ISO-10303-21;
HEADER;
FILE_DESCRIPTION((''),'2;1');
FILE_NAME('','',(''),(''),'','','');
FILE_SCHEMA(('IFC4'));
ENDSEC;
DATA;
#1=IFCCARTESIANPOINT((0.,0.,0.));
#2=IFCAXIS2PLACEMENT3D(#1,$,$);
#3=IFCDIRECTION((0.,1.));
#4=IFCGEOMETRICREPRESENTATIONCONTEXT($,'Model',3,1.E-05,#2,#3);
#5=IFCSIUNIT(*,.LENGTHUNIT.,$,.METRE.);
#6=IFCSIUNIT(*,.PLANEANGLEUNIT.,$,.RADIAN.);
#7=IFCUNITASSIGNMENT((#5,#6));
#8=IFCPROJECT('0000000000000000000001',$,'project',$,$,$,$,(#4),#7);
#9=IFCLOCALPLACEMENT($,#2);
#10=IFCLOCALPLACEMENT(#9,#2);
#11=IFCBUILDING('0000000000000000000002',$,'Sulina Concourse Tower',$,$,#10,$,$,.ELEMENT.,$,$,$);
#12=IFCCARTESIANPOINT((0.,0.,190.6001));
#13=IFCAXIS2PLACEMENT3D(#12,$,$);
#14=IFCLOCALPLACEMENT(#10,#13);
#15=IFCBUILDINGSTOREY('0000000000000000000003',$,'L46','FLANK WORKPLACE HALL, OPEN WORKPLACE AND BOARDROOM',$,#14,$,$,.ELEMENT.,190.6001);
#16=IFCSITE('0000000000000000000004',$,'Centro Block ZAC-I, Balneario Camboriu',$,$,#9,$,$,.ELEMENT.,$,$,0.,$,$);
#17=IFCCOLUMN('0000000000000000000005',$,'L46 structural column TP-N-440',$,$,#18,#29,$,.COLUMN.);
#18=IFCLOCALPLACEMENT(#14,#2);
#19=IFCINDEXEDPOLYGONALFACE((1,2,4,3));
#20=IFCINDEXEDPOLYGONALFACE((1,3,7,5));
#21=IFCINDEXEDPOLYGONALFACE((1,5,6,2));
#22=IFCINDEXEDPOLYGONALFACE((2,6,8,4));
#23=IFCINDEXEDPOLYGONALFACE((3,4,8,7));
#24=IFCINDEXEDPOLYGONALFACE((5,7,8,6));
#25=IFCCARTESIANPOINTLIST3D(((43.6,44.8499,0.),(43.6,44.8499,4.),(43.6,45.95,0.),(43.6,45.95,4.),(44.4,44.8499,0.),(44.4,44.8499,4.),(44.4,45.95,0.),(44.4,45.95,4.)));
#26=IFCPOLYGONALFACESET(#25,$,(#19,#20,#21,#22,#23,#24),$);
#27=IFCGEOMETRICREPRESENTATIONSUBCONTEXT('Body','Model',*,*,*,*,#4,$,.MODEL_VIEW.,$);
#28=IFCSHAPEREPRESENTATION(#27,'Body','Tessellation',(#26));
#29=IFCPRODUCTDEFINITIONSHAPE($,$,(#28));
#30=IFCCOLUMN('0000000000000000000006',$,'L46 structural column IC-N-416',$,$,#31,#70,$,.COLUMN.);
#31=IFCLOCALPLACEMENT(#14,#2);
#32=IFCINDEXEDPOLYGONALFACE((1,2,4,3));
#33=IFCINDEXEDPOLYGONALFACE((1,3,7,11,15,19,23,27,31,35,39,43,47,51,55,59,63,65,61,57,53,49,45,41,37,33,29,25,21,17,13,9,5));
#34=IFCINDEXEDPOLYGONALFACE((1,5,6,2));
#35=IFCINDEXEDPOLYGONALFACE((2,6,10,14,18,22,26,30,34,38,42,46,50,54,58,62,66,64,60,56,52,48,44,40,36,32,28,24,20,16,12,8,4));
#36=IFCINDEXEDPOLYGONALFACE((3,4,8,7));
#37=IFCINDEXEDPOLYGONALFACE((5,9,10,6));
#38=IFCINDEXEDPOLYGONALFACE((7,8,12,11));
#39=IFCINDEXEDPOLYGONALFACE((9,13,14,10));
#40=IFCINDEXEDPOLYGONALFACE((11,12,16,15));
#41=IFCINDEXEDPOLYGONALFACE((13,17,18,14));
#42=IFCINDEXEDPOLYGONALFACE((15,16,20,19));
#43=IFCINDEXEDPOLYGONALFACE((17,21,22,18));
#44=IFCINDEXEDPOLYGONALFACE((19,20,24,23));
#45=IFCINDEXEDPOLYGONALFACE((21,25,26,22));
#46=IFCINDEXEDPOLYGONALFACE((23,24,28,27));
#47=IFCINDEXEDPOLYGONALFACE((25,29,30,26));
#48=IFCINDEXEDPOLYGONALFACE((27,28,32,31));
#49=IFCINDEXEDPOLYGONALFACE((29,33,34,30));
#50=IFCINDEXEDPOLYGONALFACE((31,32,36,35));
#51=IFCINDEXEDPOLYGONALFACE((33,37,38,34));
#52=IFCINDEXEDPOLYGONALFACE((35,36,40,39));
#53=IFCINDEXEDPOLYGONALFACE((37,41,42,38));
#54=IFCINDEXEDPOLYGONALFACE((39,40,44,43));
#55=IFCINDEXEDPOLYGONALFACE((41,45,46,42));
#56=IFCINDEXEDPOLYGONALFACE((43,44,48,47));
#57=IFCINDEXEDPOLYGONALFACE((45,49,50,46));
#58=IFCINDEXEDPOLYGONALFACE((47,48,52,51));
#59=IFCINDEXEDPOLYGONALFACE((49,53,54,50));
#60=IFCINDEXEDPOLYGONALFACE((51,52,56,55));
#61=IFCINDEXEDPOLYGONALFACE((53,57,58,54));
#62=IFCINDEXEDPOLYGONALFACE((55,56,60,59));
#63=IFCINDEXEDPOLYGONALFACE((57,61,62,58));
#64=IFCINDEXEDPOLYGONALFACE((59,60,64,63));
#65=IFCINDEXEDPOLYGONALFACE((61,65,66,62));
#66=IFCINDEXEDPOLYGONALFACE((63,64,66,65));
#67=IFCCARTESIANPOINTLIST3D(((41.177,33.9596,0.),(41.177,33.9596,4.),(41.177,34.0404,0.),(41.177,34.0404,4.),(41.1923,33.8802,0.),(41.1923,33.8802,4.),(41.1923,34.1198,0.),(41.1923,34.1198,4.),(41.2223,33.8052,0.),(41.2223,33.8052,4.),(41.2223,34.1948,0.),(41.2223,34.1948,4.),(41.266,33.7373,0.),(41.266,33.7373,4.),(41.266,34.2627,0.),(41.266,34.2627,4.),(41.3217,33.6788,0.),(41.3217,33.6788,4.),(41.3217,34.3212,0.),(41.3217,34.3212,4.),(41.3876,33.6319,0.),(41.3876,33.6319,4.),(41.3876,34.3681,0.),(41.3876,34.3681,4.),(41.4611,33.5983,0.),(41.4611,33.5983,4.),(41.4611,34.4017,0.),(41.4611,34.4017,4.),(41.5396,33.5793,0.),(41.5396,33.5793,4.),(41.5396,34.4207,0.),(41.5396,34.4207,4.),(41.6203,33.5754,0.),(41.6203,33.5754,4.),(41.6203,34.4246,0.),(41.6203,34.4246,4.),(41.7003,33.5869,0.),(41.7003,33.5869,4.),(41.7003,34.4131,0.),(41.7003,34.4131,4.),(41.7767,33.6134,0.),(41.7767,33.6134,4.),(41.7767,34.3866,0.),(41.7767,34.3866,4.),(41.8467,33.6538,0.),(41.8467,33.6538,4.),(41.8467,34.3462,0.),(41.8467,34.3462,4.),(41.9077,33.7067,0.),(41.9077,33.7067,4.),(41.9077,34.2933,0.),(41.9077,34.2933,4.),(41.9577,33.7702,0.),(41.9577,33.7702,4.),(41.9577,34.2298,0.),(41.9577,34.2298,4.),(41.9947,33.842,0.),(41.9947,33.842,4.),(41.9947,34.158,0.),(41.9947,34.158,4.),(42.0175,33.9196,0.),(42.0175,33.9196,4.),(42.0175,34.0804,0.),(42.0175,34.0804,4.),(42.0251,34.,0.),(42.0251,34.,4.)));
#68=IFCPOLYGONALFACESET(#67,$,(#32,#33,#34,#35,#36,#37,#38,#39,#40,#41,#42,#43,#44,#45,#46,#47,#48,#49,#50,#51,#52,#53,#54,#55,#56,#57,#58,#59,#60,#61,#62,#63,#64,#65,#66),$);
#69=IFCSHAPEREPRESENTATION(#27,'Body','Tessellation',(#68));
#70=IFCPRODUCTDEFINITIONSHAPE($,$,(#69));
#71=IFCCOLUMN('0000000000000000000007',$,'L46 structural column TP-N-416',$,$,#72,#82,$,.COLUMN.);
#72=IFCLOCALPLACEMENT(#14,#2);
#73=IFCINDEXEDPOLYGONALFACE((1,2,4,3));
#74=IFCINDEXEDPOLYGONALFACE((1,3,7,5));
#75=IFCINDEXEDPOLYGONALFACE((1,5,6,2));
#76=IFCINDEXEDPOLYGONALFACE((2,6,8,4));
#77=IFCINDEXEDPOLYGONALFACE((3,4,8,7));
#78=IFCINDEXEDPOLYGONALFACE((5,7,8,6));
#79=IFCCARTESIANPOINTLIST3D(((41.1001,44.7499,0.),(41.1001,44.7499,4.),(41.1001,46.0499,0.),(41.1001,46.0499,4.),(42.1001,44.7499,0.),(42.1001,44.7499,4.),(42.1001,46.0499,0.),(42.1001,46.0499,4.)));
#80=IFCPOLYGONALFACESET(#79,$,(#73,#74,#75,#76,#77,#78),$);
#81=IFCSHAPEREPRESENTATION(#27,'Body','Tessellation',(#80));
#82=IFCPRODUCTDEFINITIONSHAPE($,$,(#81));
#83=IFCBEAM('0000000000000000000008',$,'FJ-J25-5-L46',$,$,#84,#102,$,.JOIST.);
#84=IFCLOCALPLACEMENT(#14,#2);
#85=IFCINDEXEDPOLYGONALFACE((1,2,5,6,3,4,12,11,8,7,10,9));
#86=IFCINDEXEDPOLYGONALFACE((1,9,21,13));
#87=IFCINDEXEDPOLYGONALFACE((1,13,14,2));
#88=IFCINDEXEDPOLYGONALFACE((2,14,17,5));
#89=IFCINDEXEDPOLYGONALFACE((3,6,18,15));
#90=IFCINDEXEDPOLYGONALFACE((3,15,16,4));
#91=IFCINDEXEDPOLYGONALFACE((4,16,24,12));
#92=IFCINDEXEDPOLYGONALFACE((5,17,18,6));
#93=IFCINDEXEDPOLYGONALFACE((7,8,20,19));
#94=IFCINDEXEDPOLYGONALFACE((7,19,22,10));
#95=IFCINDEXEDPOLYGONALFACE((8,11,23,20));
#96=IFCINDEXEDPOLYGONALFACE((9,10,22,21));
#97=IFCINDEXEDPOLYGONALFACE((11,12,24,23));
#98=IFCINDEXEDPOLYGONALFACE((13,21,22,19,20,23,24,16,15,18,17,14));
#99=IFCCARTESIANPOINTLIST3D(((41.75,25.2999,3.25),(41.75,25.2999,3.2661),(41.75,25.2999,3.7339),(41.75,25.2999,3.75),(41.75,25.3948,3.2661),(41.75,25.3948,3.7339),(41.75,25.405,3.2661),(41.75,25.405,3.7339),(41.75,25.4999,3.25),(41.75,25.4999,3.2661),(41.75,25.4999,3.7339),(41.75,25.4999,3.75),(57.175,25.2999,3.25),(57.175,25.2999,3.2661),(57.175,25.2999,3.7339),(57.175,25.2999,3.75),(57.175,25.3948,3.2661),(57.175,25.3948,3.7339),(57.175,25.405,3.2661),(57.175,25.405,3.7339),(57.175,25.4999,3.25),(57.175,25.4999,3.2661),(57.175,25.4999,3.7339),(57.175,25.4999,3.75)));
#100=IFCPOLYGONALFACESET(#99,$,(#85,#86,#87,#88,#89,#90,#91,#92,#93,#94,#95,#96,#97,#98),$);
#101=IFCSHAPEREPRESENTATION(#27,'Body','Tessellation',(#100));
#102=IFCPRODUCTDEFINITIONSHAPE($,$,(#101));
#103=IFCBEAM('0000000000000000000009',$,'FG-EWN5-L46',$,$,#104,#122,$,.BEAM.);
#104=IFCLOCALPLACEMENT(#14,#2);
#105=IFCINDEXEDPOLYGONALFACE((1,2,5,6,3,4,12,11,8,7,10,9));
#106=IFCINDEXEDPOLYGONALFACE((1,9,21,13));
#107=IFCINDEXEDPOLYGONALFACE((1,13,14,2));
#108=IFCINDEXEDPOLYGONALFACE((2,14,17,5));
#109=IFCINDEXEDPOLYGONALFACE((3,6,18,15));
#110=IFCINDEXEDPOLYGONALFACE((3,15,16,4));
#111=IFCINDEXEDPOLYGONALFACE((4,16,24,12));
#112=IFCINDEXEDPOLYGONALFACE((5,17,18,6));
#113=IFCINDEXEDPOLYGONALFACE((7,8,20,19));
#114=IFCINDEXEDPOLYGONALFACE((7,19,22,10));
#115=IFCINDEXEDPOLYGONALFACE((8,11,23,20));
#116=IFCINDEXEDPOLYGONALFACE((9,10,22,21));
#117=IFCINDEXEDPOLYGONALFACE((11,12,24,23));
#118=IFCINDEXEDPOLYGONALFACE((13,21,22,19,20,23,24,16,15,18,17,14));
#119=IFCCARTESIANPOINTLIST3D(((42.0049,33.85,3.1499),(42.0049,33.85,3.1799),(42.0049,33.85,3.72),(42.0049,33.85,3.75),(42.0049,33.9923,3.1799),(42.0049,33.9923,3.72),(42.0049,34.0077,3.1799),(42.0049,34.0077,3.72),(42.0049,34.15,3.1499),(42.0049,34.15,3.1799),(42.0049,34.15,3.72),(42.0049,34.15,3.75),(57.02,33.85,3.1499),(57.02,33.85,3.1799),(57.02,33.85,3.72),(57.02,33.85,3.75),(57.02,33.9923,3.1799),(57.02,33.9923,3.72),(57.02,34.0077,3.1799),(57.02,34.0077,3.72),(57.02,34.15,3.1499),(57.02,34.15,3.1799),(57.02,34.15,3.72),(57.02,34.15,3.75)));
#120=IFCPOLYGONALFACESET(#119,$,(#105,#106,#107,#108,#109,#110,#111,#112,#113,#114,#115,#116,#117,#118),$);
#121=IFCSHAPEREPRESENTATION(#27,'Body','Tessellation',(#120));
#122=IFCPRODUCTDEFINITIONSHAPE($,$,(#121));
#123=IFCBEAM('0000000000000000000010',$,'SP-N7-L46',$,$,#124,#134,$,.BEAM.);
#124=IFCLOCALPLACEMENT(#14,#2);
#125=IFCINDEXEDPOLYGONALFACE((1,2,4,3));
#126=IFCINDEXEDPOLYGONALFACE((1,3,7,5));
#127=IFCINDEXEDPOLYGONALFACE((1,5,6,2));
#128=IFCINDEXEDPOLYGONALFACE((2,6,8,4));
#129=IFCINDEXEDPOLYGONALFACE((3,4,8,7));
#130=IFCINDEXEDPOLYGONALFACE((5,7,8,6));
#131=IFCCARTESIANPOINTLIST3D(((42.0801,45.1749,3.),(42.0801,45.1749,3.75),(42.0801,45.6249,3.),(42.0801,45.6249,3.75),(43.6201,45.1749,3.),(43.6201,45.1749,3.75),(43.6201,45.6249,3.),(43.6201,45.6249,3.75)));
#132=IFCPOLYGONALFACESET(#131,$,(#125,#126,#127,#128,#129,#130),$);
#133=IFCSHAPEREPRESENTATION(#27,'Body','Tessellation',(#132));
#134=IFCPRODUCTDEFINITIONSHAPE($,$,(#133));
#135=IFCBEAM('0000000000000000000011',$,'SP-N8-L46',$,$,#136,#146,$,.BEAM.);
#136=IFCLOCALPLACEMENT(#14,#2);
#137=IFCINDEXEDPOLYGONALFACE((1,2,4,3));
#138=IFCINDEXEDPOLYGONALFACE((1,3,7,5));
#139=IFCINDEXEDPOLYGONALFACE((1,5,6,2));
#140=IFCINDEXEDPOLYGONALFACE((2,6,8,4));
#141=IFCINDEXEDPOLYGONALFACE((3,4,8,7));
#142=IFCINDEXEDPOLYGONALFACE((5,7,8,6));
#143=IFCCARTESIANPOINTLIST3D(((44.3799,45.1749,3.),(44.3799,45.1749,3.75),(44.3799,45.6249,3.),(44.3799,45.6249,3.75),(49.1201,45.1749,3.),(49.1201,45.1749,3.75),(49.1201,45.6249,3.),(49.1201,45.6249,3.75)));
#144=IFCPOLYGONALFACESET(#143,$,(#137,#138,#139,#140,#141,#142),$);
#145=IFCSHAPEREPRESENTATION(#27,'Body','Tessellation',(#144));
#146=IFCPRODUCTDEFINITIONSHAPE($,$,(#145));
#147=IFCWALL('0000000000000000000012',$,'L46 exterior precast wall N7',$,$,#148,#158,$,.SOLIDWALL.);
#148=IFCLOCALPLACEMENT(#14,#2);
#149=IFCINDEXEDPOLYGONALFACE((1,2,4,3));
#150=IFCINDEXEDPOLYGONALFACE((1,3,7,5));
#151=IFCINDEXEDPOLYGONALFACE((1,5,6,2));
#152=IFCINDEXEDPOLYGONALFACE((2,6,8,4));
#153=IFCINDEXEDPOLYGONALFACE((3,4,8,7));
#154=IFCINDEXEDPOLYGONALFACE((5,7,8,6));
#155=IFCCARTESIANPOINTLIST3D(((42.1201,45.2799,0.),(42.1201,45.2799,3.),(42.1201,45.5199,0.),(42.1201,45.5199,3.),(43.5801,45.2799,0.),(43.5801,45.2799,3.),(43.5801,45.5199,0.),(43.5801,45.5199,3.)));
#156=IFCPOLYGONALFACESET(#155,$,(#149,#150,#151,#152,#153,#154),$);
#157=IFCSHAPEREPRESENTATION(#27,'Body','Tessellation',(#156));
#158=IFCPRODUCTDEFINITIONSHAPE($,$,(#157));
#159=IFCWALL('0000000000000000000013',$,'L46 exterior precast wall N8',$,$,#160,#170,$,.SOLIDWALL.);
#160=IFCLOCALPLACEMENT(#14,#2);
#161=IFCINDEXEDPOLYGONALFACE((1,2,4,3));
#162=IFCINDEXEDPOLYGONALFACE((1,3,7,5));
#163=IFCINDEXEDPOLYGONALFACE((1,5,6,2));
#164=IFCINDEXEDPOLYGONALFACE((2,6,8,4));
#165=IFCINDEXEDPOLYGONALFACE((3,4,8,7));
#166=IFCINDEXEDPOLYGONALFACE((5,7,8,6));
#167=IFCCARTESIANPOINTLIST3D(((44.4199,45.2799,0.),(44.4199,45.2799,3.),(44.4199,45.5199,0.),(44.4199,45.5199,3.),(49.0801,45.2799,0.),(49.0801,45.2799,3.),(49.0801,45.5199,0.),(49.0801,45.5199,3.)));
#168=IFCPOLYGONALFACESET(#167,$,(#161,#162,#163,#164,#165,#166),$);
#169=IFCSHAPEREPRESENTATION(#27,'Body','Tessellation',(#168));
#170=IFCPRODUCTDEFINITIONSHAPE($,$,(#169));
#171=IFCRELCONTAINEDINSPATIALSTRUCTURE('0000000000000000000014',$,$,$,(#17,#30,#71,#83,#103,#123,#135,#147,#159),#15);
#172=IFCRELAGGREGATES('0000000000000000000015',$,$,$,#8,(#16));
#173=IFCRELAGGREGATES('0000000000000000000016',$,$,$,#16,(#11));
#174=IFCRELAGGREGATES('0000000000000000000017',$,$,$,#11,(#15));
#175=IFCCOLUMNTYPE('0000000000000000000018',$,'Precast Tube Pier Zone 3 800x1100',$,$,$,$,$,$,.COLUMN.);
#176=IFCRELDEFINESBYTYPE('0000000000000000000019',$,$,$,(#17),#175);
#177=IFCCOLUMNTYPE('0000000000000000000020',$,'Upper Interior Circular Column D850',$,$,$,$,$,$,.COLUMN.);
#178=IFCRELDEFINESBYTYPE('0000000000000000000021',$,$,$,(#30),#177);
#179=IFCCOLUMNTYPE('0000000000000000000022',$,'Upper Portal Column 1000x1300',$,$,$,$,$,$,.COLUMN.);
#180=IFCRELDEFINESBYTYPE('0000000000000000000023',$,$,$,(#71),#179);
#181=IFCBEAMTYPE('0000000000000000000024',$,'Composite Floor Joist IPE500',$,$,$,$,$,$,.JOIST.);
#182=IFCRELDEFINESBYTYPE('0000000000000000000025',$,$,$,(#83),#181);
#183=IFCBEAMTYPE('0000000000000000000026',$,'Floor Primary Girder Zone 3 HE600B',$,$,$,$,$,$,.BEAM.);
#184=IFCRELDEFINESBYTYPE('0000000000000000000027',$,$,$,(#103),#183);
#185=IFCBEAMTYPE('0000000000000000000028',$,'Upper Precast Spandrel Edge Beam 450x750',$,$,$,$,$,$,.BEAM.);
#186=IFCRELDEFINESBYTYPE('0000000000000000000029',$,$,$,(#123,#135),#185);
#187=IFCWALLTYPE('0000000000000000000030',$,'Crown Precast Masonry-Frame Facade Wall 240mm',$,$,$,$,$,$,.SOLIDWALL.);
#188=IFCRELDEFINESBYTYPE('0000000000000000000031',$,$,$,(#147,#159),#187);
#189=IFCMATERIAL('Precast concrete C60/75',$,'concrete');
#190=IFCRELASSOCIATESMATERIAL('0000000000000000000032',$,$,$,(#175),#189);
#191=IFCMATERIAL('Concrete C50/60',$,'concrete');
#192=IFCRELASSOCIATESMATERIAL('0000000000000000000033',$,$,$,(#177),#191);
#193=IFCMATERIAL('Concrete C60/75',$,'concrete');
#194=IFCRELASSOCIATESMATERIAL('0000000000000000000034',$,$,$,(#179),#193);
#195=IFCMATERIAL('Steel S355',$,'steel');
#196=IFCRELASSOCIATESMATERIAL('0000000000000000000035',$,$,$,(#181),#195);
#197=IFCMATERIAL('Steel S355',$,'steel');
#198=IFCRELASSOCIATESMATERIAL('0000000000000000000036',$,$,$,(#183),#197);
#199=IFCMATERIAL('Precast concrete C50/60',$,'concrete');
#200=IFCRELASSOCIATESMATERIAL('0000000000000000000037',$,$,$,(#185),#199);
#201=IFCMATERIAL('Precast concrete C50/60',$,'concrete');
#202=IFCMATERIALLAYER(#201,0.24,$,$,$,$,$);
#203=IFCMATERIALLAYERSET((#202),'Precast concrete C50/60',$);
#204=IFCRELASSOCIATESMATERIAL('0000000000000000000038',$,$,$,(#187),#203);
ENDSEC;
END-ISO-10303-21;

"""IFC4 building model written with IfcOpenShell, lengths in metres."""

from ifc_helpers import new_model, si_unit, direction, frame, frame_2d, origin, origin_2d, place, context, subcontext, project, spatial, rectangle, circle, i_section, extrude, material, layer, layer_set, material_profile, profile_set, type_object, element, save


model = new_model("IFC4")

# Units and contexts
model_context = context("Model", 3, precision=1e-05, world=origin(), true_north=direction((0.0, 1.0)))
body_context = subcontext(model_context, "Body", "Model", "MODEL_VIEW")
ifc_project = project(units=[si_unit("LENGTHUNIT", "METRE"), si_unit("PLANEANGLEUNIT", "RADIAN")], contexts=[model_context])

# Site, building, storey
site_placement = place(None, origin())
site = spatial("IfcSite", under=ifc_project, at=site_placement, Name="Centro Block ZAC-I, Balneario Camboriu", CompositionType="ELEMENT", RefElevation=0.0)
building_placement = place(site_placement, origin())
building = spatial("IfcBuilding", under=site, at=building_placement, Name="Sulina Concourse Tower", CompositionType="ELEMENT")
storey_placement = place(building_placement, frame((0.0, 0.0, 190.6001)))
storey = spatial("IfcBuildingStorey", under=building, at=storey_placement, Name="L46", Description="FLANK WORKPLACE HALL, OPEN WORKPLACE AND BOARDROOM", CompositionType="ELEMENT", Elevation=190.6001)

# Columns
ifc_material_1 = material(Name="Precast concrete C60/75", Category="concrete")
ifc_material_profile_1 = material_profile(ifc_material_1, rectangle(XDim=0.8, YDim=1.1001, at=origin_2d()), Name="PC 800x1100")
ifc_profile_set_1 = profile_set([ifc_material_profile_1], Name="Precast concrete C60/75")
column_type_1 = type_object("IfcColumnType", Name="Precast Tube Pier Zone 3 800x1100", PredefinedType="COLUMN", material=ifc_profile_set_1)
column_1_placement = place(storey_placement, frame((44.0, 45.3999, 0.0), z_axis=(0.0, 0.0, 1.0), x_axis=(1.0, 0.0, 0.0)))
element("IfcColumn", 1, at=column_1_placement, inside=storey, type_object=column_type_1, Name="L46 structural column TP-N-440", PredefinedType="COLUMN", context=body_context, shape_type="SweptSolid", body=[
    extrude(rectangle(XDim=0.8, YDim=1.1001, at=origin_2d()), origin(), (0.0, 0.0, 1.0), 4.0),
])
ifc_material_2 = material(Name="Concrete C50/60", Category="concrete")
ifc_material_profile_2 = material_profile(ifc_material_2, circle(Radius=0.425, at=origin_2d()), Name="RC D850")
ifc_profile_set_2 = profile_set([ifc_material_profile_2], Name="Concrete C50/60")
column_type_2 = type_object("IfcColumnType", Name="Upper Interior Circular Column D850", PredefinedType="COLUMN", material=ifc_profile_set_2)
column_2_placement = place(storey_placement, frame((41.6001, 34.0, 0.0), z_axis=(0.0, 0.0, 1.0), x_axis=(1.0, 0.0, 0.0)))
element("IfcColumn", 2, at=column_2_placement, inside=storey, type_object=column_type_2, Name="L46 structural column IC-N-416", PredefinedType="COLUMN", context=body_context, shape_type="SweptSolid", body=[
    extrude(circle(Radius=0.425, at=origin_2d()), origin(), (0.0, 0.0, 1.0), 4.0),
])
ifc_material_3 = material(Name="Concrete C60/75", Category="concrete")
ifc_material_profile_3 = material_profile(ifc_material_3, rectangle(XDim=1.0, YDim=1.3, at=origin_2d()), Name="RC 1000x1300")
ifc_profile_set_3 = profile_set([ifc_material_profile_3], Name="Concrete C60/75")
column_type_3 = type_object("IfcColumnType", Name="Upper Portal Column 1000x1300", PredefinedType="COLUMN", material=ifc_profile_set_3)
column_3_placement = place(storey_placement, frame((41.6001, 45.3999, 0.0), z_axis=(0.0, 0.0, 1.0), x_axis=(1.0, 0.0, 0.0)))
element("IfcColumn", 3, at=column_3_placement, inside=storey, type_object=column_type_3, Name="L46 structural column TP-N-416", PredefinedType="COLUMN", context=body_context, shape_type="SweptSolid", body=[
    extrude(rectangle(XDim=1.0, YDim=1.3, at=origin_2d()), origin(), (0.0, 0.0, 1.0), 4.0),
])

# Beams
ifc_material_4 = material(Name="Steel S355", Category="steel")
ifc_material_profile_4 = material_profile(ifc_material_4, i_section(OverallWidth=0.2, OverallDepth=0.5, WebThickness=0.0103, FlangeThickness=0.0161, at=origin_2d()), Name="IPE 500")
ifc_profile_set_4 = profile_set([ifc_material_profile_4], Name="Steel S355")
beam_type_1 = type_object("IfcBeamType", Name="Composite Floor Joist IPE500", PredefinedType="JOIST", material=ifc_profile_set_4)
beam_1_placement = place(storey_placement, frame((41.75, 25.3999, 3.5), z_axis=(1.0, 0.0, 0.0), x_axis=(0.0, 1.0, 0.0)))
element("IfcBeam", 4, at=beam_1_placement, inside=storey, type_object=beam_type_1, Name="FJ-J25-5-L46", PredefinedType="JOIST", context=body_context, shape_type="SweptSolid", body=[
    extrude(i_section(OverallWidth=0.2, OverallDepth=0.5, WebThickness=0.0103, FlangeThickness=0.0161, at=origin_2d()), origin(), (0.0, 0.0, 1.0), 15.425),
])
ifc_material_5 = material(Name="Steel S355", Category="steel")
ifc_material_profile_5 = material_profile(ifc_material_5, i_section(OverallWidth=0.3, OverallDepth=0.6001, WebThickness=0.0154, FlangeThickness=0.03, at=origin_2d()), Name="HE 600 B")
ifc_profile_set_5 = profile_set([ifc_material_profile_5], Name="Steel S355")
beam_type_2 = type_object("IfcBeamType", Name="Floor Primary Girder Zone 3 HE600B", PredefinedType="BEAM", material=ifc_profile_set_5)
beam_2_placement = place(storey_placement, frame((42.0049, 34.0, 3.45), z_axis=(1.0, 0.0, 0.0), x_axis=(0.0, 1.0, 0.0)))
element("IfcBeam", 5, at=beam_2_placement, inside=storey, type_object=beam_type_2, Name="FG-EWN5-L46", PredefinedType="BEAM", context=body_context, shape_type="SweptSolid", body=[
    extrude(i_section(OverallWidth=0.3, OverallDepth=0.6001, WebThickness=0.0154, FlangeThickness=0.03, at=origin_2d()), origin(), (0.0, 0.0, 1.0), 15.0151),
])
ifc_material_6 = material(Name="Precast concrete C50/60", Category="concrete")
ifc_material_profile_6 = material_profile(ifc_material_6, rectangle(XDim=0.45, YDim=0.75, at=origin_2d()), Name="RC 450x750")
ifc_profile_set_6 = profile_set([ifc_material_profile_6], Name="Precast concrete C50/60")
beam_type_3 = type_object("IfcBeamType", Name="Upper Precast Spandrel Edge Beam 450x750", PredefinedType="BEAM", material=ifc_profile_set_6)
beam_3_placement = place(storey_placement, frame((42.0801, 45.3999, 3.375), z_axis=(1.0, 0.0, 0.0), x_axis=(0.0, 1.0, 0.0)))
element("IfcBeam", 6, at=beam_3_placement, inside=storey, type_object=beam_type_3, Name="SP-N7-L46", PredefinedType="BEAM", context=body_context, shape_type="SweptSolid", body=[
    extrude(rectangle(XDim=0.45, YDim=0.75, at=origin_2d()), origin(), (0.0, 0.0, 1.0), 1.54),
])
beam_4_placement = place(storey_placement, frame((44.3799, 45.3999, 3.375), z_axis=(1.0, 0.0, 0.0), x_axis=(0.0, 1.0, 0.0)))
element("IfcBeam", 7, at=beam_4_placement, inside=storey, type_object=beam_type_3, Name="SP-N8-L46", PredefinedType="BEAM", context=body_context, shape_type="SweptSolid", body=[
    extrude(rectangle(XDim=0.45, YDim=0.75, at=origin_2d()), origin(), (0.0, 0.0, 1.0), 4.7402),
])

# Walls
ifc_material_7 = material(Name="Precast concrete C50/60", Category="concrete")
ifc_layer_1 = layer(ifc_material_7, 0.24)
ifc_layer_set_1 = layer_set([ifc_layer_1], Name="Precast concrete C50/60")
wall_type_1 = type_object("IfcWallType", Name="Crown Precast Masonry-Frame Facade Wall 240mm", PredefinedType="SOLIDWALL", material=ifc_layer_set_1)
wall_1_placement = place(storey_placement, frame((42.1201, 45.3999, 0.0), z_axis=(0.0, 0.0, 1.0), x_axis=(1.0, 0.0, 0.0)))
element("IfcWall", 8, at=wall_1_placement, inside=storey, type_object=wall_type_1, Name="L46 exterior precast wall N7", PredefinedType="SOLIDWALL", context=body_context, shape_type="SweptSolid", body=[
    extrude(rectangle(XDim=1.46, YDim=0.24, at=frame_2d((0.73, 0.0))), origin(), (0.0, 0.0, 1.0), 3.0),
])
wall_2_placement = place(storey_placement, frame((44.4199, 45.3999, 0.0), z_axis=(0.0, 0.0, 1.0), x_axis=(1.0, 0.0, 0.0)))
element("IfcWall", 9, at=wall_2_placement, inside=storey, type_object=wall_type_1, Name="L46 exterior precast wall N8", PredefinedType="SOLIDWALL", context=body_context, shape_type="SweptSolid", body=[
    extrude(rectangle(XDim=4.6602, YDim=0.24, at=frame_2d((2.3301, 0.0))), origin(), (0.0, 0.0, 1.0), 3.0),
])

save(model, "model.ifc")
